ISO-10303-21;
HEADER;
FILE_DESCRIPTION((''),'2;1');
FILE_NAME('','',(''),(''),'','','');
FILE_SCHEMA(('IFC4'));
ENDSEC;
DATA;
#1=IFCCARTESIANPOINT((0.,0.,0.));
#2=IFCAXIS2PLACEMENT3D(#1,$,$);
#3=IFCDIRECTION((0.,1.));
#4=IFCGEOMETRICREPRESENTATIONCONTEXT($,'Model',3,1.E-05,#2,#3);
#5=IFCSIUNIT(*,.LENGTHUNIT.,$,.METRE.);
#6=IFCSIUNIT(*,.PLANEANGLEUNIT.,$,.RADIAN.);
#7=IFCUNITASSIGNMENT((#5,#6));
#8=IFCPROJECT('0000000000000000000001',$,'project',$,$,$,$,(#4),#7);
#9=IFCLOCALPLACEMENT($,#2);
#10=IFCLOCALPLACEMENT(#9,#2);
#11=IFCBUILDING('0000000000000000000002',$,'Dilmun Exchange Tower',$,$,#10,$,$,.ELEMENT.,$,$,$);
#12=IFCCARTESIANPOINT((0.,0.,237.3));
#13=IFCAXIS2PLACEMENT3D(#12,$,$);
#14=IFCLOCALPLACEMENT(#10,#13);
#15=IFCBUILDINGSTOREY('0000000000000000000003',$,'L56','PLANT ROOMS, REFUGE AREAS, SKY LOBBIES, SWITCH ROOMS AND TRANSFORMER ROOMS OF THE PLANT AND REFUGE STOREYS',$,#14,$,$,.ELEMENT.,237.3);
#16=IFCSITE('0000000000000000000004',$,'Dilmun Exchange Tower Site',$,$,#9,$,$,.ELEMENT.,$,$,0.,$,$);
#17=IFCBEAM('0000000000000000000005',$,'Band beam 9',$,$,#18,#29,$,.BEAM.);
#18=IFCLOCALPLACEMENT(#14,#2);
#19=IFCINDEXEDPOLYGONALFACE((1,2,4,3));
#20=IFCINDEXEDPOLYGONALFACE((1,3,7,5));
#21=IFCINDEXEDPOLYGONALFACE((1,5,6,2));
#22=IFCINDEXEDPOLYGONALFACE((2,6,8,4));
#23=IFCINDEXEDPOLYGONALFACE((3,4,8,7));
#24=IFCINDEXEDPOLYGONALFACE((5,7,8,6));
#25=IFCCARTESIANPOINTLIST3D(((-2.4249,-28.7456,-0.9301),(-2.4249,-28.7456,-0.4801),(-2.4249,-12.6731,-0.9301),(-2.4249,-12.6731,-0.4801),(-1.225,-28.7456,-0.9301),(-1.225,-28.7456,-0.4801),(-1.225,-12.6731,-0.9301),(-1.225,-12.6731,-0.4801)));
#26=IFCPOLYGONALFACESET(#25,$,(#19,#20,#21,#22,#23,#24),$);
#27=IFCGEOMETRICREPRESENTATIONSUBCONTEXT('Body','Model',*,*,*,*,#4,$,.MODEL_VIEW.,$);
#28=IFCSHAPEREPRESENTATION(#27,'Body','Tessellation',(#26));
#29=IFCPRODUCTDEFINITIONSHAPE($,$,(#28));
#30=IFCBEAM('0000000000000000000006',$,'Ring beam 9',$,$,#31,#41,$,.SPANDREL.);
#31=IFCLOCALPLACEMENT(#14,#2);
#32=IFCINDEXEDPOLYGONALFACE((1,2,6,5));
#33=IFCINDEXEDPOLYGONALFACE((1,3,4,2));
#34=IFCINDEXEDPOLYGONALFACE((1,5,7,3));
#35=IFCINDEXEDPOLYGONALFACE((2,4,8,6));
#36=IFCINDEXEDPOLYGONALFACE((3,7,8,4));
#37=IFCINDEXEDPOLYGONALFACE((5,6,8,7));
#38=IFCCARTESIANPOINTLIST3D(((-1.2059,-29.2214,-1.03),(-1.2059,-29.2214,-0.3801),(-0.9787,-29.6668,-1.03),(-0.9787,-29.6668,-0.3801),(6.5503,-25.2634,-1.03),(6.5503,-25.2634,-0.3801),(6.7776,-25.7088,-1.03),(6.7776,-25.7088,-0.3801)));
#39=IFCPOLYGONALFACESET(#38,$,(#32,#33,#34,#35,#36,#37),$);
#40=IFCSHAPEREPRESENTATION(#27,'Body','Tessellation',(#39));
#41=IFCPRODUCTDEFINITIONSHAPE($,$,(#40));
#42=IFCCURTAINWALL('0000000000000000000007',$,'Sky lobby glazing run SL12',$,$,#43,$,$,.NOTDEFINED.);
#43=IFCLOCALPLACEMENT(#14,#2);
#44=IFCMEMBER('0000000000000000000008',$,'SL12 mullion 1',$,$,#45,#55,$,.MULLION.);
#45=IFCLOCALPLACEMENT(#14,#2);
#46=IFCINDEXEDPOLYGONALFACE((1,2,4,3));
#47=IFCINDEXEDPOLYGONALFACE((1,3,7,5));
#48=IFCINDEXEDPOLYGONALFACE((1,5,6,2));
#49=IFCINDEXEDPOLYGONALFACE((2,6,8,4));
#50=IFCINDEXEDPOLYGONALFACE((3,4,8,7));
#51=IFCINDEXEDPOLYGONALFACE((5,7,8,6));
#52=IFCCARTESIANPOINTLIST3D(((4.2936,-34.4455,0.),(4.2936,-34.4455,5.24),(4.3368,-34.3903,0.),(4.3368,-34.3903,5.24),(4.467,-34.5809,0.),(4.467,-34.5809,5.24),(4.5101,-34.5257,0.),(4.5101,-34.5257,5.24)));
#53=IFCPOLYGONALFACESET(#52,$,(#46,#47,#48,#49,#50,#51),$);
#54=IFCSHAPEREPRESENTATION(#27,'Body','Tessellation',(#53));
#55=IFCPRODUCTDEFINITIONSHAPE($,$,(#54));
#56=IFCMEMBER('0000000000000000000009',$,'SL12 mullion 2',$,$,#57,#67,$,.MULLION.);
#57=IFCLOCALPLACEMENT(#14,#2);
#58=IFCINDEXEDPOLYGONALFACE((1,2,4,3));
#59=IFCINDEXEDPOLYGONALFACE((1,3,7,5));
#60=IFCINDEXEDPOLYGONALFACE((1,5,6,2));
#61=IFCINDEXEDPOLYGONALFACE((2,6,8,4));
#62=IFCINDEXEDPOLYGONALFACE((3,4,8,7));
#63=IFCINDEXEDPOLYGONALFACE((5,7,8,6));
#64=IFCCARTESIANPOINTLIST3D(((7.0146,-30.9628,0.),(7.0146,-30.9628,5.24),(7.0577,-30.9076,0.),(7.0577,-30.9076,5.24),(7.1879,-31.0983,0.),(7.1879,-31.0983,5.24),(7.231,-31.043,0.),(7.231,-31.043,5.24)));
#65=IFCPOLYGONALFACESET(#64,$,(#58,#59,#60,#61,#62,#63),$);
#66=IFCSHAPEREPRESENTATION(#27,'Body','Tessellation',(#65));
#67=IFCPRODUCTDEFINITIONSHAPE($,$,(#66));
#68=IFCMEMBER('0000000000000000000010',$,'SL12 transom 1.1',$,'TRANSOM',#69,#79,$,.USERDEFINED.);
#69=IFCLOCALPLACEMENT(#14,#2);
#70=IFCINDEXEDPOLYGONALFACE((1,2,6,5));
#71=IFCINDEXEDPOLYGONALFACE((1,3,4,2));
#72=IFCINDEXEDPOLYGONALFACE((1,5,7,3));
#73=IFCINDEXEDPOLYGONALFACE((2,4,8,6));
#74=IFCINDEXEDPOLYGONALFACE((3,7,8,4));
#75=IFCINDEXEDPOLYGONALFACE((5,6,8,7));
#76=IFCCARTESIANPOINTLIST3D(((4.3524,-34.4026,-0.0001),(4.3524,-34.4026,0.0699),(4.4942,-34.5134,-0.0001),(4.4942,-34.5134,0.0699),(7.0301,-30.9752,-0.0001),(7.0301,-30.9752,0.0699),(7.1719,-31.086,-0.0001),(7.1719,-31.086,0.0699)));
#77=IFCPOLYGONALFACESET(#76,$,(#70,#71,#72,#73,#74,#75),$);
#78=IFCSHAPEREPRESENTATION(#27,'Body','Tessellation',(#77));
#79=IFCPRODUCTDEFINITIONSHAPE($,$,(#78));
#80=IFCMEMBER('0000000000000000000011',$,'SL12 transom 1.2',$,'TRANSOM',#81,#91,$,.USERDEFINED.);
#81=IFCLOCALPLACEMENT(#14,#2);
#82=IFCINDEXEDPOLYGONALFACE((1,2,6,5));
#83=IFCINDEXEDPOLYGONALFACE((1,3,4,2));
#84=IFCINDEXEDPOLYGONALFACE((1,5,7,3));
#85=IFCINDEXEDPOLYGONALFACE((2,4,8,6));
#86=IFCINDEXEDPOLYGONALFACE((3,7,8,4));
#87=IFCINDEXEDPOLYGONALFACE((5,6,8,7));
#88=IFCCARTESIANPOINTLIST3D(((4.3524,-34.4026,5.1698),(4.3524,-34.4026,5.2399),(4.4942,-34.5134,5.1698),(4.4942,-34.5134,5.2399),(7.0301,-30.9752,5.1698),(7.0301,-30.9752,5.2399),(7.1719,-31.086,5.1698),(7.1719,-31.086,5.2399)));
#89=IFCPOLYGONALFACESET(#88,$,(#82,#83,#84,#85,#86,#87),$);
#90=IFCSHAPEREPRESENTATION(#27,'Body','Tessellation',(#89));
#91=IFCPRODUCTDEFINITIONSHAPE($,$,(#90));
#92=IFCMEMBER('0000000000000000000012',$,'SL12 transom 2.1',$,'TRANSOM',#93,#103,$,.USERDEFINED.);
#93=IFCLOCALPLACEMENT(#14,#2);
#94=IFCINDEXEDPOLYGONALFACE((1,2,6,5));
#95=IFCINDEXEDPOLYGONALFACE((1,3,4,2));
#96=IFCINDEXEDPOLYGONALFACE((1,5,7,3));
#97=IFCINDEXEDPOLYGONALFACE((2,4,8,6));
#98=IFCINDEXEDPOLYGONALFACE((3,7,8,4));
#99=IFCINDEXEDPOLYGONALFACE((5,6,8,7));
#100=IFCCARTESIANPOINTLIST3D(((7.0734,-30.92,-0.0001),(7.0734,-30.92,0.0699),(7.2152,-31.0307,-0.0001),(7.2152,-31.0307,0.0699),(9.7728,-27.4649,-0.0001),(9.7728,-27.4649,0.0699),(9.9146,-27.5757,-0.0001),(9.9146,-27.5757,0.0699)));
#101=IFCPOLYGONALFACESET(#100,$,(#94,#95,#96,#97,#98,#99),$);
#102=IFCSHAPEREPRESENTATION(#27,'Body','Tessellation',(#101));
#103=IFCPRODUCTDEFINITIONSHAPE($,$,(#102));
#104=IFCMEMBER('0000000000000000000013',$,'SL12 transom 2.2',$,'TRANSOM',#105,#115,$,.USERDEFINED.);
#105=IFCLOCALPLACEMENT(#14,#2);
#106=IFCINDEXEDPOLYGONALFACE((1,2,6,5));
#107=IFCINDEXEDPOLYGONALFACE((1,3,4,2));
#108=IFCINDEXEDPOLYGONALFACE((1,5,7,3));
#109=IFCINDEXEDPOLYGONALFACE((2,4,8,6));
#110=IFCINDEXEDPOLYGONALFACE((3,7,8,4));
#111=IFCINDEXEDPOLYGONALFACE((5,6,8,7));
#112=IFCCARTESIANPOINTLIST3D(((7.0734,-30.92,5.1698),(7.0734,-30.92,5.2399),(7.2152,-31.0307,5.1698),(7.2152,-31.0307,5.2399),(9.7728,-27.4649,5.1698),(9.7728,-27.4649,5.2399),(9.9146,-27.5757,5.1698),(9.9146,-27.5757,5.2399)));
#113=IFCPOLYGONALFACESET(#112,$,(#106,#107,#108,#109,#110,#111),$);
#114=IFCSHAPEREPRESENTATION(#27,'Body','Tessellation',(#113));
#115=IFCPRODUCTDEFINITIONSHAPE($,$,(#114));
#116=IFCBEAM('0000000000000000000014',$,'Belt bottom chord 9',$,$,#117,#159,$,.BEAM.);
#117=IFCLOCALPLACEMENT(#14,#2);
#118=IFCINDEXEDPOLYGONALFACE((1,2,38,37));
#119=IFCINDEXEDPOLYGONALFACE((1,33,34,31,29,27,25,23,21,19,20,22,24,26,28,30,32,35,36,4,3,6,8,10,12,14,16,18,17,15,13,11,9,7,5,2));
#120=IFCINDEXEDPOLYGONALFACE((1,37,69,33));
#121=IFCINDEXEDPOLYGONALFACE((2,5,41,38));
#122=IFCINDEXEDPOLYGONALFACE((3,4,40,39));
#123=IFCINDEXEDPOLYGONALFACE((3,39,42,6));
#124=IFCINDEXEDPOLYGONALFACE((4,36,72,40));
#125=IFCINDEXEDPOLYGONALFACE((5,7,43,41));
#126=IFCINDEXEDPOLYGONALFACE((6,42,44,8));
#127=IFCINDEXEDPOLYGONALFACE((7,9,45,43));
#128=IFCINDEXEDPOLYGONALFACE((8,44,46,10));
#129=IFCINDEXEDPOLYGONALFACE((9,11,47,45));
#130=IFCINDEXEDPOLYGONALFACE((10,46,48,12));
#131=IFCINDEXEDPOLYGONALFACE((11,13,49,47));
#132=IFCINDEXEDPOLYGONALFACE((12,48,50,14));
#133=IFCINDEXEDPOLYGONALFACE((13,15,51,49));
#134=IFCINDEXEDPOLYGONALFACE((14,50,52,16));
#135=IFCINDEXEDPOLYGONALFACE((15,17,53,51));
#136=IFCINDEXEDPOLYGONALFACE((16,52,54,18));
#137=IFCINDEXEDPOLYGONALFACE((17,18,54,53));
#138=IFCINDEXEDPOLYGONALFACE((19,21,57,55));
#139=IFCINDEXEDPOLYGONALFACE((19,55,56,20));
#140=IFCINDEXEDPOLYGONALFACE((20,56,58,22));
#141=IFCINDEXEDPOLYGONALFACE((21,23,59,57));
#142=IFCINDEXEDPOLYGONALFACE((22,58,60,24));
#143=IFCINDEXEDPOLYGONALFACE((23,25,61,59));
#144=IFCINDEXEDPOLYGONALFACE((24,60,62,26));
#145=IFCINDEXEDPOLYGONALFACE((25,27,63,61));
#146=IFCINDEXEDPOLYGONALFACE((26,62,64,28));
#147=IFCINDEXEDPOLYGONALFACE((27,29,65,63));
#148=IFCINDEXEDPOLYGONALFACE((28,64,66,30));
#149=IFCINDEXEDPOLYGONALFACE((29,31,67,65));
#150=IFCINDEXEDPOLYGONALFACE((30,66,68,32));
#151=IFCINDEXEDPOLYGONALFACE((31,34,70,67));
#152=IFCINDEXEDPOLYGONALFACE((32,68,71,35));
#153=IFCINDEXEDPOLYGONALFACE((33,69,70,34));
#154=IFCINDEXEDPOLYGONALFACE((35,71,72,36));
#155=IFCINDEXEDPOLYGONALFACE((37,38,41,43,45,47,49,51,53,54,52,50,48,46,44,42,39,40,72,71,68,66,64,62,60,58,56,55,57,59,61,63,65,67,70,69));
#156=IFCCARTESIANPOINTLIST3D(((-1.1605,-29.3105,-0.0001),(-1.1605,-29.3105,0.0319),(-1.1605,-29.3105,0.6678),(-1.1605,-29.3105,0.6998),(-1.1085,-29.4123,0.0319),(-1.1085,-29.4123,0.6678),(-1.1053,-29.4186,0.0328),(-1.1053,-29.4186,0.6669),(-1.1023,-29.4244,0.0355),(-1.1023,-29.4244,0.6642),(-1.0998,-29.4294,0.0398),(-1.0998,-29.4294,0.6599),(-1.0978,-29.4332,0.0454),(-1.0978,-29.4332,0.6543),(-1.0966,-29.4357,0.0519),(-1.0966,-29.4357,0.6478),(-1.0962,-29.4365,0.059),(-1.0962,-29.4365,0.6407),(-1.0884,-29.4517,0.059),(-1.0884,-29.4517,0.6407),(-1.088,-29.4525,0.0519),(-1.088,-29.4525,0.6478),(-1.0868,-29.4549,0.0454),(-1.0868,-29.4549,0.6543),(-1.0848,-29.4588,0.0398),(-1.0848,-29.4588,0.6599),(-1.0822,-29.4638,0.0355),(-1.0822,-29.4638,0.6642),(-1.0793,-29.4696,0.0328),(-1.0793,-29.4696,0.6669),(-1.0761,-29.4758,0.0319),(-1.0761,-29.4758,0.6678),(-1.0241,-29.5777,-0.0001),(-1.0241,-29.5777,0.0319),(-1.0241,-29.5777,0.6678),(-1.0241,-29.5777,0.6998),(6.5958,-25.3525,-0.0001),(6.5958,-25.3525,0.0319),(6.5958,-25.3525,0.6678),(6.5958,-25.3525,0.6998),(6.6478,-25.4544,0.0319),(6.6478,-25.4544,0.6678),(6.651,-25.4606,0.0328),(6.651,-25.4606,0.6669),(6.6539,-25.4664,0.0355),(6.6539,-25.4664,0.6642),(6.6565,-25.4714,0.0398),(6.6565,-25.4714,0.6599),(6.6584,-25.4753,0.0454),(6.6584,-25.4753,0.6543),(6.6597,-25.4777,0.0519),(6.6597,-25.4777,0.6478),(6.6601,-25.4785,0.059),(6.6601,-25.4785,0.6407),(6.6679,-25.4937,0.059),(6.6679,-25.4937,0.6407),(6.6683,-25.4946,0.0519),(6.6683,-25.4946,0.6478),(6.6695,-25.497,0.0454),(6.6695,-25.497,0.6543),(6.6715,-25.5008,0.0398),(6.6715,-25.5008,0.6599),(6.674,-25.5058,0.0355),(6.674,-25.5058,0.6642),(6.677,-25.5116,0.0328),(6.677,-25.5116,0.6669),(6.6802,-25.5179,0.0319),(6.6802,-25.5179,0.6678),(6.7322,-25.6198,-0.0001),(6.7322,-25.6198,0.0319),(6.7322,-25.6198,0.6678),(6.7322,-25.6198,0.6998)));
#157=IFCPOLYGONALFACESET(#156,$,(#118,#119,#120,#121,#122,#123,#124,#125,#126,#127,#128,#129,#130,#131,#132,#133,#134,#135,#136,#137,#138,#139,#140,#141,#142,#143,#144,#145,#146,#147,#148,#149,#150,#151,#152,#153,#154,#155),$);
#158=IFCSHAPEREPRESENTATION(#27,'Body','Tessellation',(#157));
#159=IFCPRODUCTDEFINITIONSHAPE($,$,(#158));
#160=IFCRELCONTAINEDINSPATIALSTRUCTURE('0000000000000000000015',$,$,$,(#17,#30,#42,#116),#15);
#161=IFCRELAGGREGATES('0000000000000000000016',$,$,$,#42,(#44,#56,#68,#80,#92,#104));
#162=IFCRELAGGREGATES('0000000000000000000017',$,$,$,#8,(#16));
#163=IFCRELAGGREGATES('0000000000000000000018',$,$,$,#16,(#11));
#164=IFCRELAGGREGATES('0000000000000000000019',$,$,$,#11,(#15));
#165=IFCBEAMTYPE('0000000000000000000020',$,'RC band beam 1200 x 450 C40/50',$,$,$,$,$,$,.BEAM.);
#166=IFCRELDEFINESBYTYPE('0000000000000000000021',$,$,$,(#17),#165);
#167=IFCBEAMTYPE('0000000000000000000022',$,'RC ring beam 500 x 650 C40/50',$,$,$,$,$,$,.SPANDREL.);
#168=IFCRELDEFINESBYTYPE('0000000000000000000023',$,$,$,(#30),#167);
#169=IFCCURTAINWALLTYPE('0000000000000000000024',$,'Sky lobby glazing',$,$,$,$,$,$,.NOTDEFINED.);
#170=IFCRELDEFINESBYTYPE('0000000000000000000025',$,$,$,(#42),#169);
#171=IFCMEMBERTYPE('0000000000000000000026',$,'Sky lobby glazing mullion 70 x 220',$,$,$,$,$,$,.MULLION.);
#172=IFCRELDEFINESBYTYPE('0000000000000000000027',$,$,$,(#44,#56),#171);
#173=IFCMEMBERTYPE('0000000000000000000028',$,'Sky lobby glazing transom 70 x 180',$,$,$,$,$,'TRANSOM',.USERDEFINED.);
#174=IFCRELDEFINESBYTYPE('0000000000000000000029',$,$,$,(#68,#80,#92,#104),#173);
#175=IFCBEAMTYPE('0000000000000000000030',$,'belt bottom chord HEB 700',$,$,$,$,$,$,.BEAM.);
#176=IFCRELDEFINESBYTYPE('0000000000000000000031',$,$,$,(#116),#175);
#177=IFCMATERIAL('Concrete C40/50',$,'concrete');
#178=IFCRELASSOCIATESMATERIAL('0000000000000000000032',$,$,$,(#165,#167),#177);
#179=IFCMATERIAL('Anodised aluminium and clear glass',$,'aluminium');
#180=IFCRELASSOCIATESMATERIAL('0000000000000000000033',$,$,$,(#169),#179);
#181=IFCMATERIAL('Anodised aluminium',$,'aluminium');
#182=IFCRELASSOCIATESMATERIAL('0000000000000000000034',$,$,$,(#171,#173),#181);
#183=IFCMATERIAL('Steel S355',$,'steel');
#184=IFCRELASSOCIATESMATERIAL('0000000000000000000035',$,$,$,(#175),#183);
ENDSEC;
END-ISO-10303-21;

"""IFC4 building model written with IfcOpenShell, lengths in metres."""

from ifc_helpers import new_model, si_unit, direction, frame, origin, origin_2d, place, context, subcontext, project, spatial, rectangle, i_section, extrude, material, material_profile, profile_set, type_object, element, aggregate, save


model = new_model("IFC4")

# Units and contexts
model_context = context("Model", 3, precision=1e-05, world=origin(), true_north=direction((0.0, 1.0)))
body_context = subcontext(model_context, "Body", "Model", "MODEL_VIEW")
ifc_project = project(units=[si_unit("LENGTHUNIT", "METRE"), si_unit("PLANEANGLEUNIT", "RADIAN")], contexts=[model_context])

# Site, building, storey
site_placement = place(None, origin())
site = spatial("IfcSite", under=ifc_project, at=site_placement, Name="Dilmun Exchange Tower Site", CompositionType="ELEMENT", RefElevation=0.0)
building_placement = place(site_placement, origin())
building = spatial("IfcBuilding", under=site, at=building_placement, Name="Dilmun Exchange Tower", CompositionType="ELEMENT")
storey_placement = place(building_placement, frame((0.0, 0.0, 237.3)))
storey = spatial("IfcBuildingStorey", under=building, at=storey_placement, Name="L56", Description="PLANT ROOMS, REFUGE AREAS, SKY LOBBIES, SWITCH ROOMS AND TRANSFORMER ROOMS OF THE PLANT AND REFUGE STOREYS", CompositionType="ELEMENT", Elevation=237.3)

# Beams
ifc_material_1 = material(Name="Concrete C40/50", Category="concrete")
ifc_material_profile_1 = material_profile(ifc_material_1, rectangle(XDim=1.2, YDim=0.45, at=origin_2d()), Name="1200 x 450")
ifc_profile_set_1 = profile_set([ifc_material_profile_1], Name="Concrete C40/50")
beam_type_1 = type_object("IfcBeamType", Name="RC band beam 1200 x 450 C40/50", PredefinedType="BEAM", material=ifc_profile_set_1)
beam_1_placement = place(storey_placement, frame((-1.825, -28.7456, -0.7051), z_axis=(0.0, 1.0, 0.0), x_axis=(-1.0, 0.0, 0.0)))
element("IfcBeam", 1, at=beam_1_placement, inside=storey, type_object=beam_type_1, Name="Band beam 9", PredefinedType="BEAM", context=body_context, shape_type="SweptSolid", body=[
    extrude(rectangle(XDim=1.2, YDim=0.45, at=origin_2d()), origin(), (0.0, 0.0, 1.0), 16.0725),
])
ifc_material_profile_2 = material_profile(ifc_material_1, rectangle(XDim=0.5, YDim=0.6499, at=origin_2d()), Name="500 x 650")
ifc_profile_set_2 = profile_set([ifc_material_profile_2], Name="Concrete C40/50")
beam_type_2 = type_object("IfcBeamType", Name="RC ring beam 500 x 650 C40/50", PredefinedType="SPANDREL", material=ifc_profile_set_2)
beam_2_placement = place(storey_placement, frame((-1.0923, -29.4441, -0.7051), z_axis=(0.89073, 0.454533, 0.0), x_axis=(-0.454533, 0.89073, 0.0)))
element("IfcBeam", 2, at=beam_2_placement, inside=storey, type_object=beam_type_2, Name="Ring beam 9", PredefinedType="SPANDREL", context=body_context, shape_type="SweptSolid", body=[
    extrude(rectangle(XDim=0.5, YDim=0.6499, at=origin_2d()), origin(), (0.0, 0.0, 1.0), 8.7078),
])

# Curtain wall, members
ifc_material_2 = material(Name="Anodised aluminium and clear glass", Category="aluminium")
curtain_wall_type = type_object("IfcCurtainWallType", Name="Sky lobby glazing", PredefinedType="NOTDEFINED", material=ifc_material_2)
curtain_wall_placement = place(storey_placement, origin())
curtain_wall = element("IfcCurtainWall", 3, at=curtain_wall_placement, inside=storey, type_object=curtain_wall_type, Name="Sky lobby glazing run SL12", PredefinedType="NOTDEFINED")
ifc_material_3 = material(Name="Anodised aluminium", Category="aluminium")
ifc_material_profile_3 = material_profile(ifc_material_3, rectangle(XDim=0.22, YDim=0.0701, at=origin_2d()), Name="AL 70x220")
ifc_profile_set_3 = profile_set([ifc_material_profile_3], Name="Anodised aluminium")
member_type_1 = type_object("IfcMemberType", Name="Sky lobby glazing mullion 70 x 220", PredefinedType="MULLION", material=ifc_profile_set_3)
member_1_placement = place(storey_placement, frame((4.4019, -34.4856, 0.0), z_axis=(0.0, 0.0, 1.0), x_axis=(-0.788011, 0.615662, 0.0)))
member_1 = element("IfcMember", 4, at=member_1_placement, type_object=member_type_1, Name="SL12 mullion 1", PredefinedType="MULLION", context=body_context, shape_type="SweptSolid", body=[
    extrude(rectangle(XDim=0.22, YDim=0.0701, at=origin_2d()), origin(), (0.0, 0.0, 1.0), 5.24),
])
member_2_placement = place(storey_placement, frame((7.1228, -31.0029, 0.0), z_axis=(0.0, 0.0, 1.0), x_axis=(-0.788011, 0.615662, 0.0)))
member_2 = element("IfcMember", 5, at=member_2_placement, type_object=member_type_1, Name="SL12 mullion 2", PredefinedType="MULLION", context=body_context, shape_type="SweptSolid", body=[
    extrude(rectangle(XDim=0.22, YDim=0.0701, at=origin_2d()), origin(), (0.0, 0.0, 1.0), 5.24),
])
ifc_material_profile_4 = material_profile(ifc_material_3, rectangle(XDim=0.1799, YDim=0.0701, at=origin_2d()), Name="AL 70x180")
ifc_profile_set_4 = profile_set([ifc_material_profile_4], Name="Anodised aluminium")
member_type_2 = type_object("IfcMemberType", Name="Sky lobby glazing transom 70 x 180", ElementType="TRANSOM", PredefinedType="USERDEFINED", material=ifc_profile_set_4)
member_3_placement = place(storey_placement, frame((4.4233, -34.458, 0.0349), z_axis=(0.615645, 0.788024, 0.0), x_axis=(-0.788024, 0.615645, 0.0)))
member_3 = element("IfcMember", 6, at=member_3_placement, type_object=member_type_2, Name="SL12 transom 1.1", ObjectType="TRANSOM", PredefinedType="USERDEFINED", context=body_context, shape_type="SweptSolid", body=[
    extrude(rectangle(XDim=0.1799, YDim=0.0701, at=origin_2d()), origin(), (0.0, 0.0, 1.0), 4.3494),
])
member_4_placement = place(storey_placement, frame((4.4233, -34.458, 5.2048), z_axis=(0.615645, 0.788024, 0.0), x_axis=(-0.788024, 0.615645, 0.0)))
member_4 = element("IfcMember", 7, at=member_4_placement, type_object=member_type_2, Name="SL12 transom 1.2", ObjectType="TRANSOM", PredefinedType="USERDEFINED", context=body_context, shape_type="SweptSolid", body=[
    extrude(rectangle(XDim=0.1799, YDim=0.0701, at=origin_2d()), origin(), (0.0, 0.0, 1.0), 4.3494),
])
member_5_placement = place(storey_placement, frame((7.1443, -30.9753, 0.0349), z_axis=(0.61567, 0.788004, 0.0), x_axis=(-0.788004, 0.61567, 0.0)))
member_5 = element("IfcMember", 8, at=member_5_placement, type_object=member_type_2, Name="SL12 transom 2.1", ObjectType="TRANSOM", PredefinedType="USERDEFINED", context=body_context, shape_type="SweptSolid", body=[
    extrude(rectangle(XDim=0.1799, YDim=0.0701, at=origin_2d()), origin(), (0.0, 0.0, 1.0), 4.3845),
])
member_6_placement = place(storey_placement, frame((7.1443, -30.9753, 5.2048), z_axis=(0.61567, 0.788004, 0.0), x_axis=(-0.788004, 0.61567, 0.0)))
member_6 = element("IfcMember", 9, at=member_6_placement, type_object=member_type_2, Name="SL12 transom 2.2", ObjectType="TRANSOM", PredefinedType="USERDEFINED", context=body_context, shape_type="SweptSolid", body=[
    extrude(rectangle(XDim=0.1799, YDim=0.0701, at=origin_2d()), origin(), (0.0, 0.0, 1.0), 4.3845),
])

# Beam
ifc_material_4 = material(Name="Steel S355", Category="steel")
ifc_material_profile_5 = material_profile(ifc_material_4, i_section(OverallWidth=0.3, OverallDepth=0.7, WebThickness=0.0171, FlangeThickness=0.032, FilletRadius=0.0271, at=origin_2d()), Name="HEB 700")
ifc_profile_set_5 = profile_set([ifc_material_profile_5], Name="Steel S355")
beam_type_3 = type_object("IfcBeamType", Name="belt bottom chord HEB 700", PredefinedType="BEAM", material=ifc_profile_set_5)
beam_3_placement = place(storey_placement, frame((-1.0923, -29.4441, 0.3499), z_axis=(0.89073, 0.454533, 0.0), x_axis=(-0.454533, 0.89073, 0.0)))
element("IfcBeam", 10, at=beam_3_placement, inside=storey, type_object=beam_type_3, Name="Belt bottom chord 9", PredefinedType="BEAM", context=body_context, shape_type="SweptSolid", body=[
    extrude(i_section(OverallWidth=0.3, OverallDepth=0.7, WebThickness=0.0171, FlangeThickness=0.032, FilletRadius=0.0271, at=origin_2d()), origin(), (0.0, 0.0, 1.0), 8.7078),
])

aggregate(curtain_wall, [member_1, member_2, member_3, member_4, member_5, member_6])

save(model, "model.ifc")
